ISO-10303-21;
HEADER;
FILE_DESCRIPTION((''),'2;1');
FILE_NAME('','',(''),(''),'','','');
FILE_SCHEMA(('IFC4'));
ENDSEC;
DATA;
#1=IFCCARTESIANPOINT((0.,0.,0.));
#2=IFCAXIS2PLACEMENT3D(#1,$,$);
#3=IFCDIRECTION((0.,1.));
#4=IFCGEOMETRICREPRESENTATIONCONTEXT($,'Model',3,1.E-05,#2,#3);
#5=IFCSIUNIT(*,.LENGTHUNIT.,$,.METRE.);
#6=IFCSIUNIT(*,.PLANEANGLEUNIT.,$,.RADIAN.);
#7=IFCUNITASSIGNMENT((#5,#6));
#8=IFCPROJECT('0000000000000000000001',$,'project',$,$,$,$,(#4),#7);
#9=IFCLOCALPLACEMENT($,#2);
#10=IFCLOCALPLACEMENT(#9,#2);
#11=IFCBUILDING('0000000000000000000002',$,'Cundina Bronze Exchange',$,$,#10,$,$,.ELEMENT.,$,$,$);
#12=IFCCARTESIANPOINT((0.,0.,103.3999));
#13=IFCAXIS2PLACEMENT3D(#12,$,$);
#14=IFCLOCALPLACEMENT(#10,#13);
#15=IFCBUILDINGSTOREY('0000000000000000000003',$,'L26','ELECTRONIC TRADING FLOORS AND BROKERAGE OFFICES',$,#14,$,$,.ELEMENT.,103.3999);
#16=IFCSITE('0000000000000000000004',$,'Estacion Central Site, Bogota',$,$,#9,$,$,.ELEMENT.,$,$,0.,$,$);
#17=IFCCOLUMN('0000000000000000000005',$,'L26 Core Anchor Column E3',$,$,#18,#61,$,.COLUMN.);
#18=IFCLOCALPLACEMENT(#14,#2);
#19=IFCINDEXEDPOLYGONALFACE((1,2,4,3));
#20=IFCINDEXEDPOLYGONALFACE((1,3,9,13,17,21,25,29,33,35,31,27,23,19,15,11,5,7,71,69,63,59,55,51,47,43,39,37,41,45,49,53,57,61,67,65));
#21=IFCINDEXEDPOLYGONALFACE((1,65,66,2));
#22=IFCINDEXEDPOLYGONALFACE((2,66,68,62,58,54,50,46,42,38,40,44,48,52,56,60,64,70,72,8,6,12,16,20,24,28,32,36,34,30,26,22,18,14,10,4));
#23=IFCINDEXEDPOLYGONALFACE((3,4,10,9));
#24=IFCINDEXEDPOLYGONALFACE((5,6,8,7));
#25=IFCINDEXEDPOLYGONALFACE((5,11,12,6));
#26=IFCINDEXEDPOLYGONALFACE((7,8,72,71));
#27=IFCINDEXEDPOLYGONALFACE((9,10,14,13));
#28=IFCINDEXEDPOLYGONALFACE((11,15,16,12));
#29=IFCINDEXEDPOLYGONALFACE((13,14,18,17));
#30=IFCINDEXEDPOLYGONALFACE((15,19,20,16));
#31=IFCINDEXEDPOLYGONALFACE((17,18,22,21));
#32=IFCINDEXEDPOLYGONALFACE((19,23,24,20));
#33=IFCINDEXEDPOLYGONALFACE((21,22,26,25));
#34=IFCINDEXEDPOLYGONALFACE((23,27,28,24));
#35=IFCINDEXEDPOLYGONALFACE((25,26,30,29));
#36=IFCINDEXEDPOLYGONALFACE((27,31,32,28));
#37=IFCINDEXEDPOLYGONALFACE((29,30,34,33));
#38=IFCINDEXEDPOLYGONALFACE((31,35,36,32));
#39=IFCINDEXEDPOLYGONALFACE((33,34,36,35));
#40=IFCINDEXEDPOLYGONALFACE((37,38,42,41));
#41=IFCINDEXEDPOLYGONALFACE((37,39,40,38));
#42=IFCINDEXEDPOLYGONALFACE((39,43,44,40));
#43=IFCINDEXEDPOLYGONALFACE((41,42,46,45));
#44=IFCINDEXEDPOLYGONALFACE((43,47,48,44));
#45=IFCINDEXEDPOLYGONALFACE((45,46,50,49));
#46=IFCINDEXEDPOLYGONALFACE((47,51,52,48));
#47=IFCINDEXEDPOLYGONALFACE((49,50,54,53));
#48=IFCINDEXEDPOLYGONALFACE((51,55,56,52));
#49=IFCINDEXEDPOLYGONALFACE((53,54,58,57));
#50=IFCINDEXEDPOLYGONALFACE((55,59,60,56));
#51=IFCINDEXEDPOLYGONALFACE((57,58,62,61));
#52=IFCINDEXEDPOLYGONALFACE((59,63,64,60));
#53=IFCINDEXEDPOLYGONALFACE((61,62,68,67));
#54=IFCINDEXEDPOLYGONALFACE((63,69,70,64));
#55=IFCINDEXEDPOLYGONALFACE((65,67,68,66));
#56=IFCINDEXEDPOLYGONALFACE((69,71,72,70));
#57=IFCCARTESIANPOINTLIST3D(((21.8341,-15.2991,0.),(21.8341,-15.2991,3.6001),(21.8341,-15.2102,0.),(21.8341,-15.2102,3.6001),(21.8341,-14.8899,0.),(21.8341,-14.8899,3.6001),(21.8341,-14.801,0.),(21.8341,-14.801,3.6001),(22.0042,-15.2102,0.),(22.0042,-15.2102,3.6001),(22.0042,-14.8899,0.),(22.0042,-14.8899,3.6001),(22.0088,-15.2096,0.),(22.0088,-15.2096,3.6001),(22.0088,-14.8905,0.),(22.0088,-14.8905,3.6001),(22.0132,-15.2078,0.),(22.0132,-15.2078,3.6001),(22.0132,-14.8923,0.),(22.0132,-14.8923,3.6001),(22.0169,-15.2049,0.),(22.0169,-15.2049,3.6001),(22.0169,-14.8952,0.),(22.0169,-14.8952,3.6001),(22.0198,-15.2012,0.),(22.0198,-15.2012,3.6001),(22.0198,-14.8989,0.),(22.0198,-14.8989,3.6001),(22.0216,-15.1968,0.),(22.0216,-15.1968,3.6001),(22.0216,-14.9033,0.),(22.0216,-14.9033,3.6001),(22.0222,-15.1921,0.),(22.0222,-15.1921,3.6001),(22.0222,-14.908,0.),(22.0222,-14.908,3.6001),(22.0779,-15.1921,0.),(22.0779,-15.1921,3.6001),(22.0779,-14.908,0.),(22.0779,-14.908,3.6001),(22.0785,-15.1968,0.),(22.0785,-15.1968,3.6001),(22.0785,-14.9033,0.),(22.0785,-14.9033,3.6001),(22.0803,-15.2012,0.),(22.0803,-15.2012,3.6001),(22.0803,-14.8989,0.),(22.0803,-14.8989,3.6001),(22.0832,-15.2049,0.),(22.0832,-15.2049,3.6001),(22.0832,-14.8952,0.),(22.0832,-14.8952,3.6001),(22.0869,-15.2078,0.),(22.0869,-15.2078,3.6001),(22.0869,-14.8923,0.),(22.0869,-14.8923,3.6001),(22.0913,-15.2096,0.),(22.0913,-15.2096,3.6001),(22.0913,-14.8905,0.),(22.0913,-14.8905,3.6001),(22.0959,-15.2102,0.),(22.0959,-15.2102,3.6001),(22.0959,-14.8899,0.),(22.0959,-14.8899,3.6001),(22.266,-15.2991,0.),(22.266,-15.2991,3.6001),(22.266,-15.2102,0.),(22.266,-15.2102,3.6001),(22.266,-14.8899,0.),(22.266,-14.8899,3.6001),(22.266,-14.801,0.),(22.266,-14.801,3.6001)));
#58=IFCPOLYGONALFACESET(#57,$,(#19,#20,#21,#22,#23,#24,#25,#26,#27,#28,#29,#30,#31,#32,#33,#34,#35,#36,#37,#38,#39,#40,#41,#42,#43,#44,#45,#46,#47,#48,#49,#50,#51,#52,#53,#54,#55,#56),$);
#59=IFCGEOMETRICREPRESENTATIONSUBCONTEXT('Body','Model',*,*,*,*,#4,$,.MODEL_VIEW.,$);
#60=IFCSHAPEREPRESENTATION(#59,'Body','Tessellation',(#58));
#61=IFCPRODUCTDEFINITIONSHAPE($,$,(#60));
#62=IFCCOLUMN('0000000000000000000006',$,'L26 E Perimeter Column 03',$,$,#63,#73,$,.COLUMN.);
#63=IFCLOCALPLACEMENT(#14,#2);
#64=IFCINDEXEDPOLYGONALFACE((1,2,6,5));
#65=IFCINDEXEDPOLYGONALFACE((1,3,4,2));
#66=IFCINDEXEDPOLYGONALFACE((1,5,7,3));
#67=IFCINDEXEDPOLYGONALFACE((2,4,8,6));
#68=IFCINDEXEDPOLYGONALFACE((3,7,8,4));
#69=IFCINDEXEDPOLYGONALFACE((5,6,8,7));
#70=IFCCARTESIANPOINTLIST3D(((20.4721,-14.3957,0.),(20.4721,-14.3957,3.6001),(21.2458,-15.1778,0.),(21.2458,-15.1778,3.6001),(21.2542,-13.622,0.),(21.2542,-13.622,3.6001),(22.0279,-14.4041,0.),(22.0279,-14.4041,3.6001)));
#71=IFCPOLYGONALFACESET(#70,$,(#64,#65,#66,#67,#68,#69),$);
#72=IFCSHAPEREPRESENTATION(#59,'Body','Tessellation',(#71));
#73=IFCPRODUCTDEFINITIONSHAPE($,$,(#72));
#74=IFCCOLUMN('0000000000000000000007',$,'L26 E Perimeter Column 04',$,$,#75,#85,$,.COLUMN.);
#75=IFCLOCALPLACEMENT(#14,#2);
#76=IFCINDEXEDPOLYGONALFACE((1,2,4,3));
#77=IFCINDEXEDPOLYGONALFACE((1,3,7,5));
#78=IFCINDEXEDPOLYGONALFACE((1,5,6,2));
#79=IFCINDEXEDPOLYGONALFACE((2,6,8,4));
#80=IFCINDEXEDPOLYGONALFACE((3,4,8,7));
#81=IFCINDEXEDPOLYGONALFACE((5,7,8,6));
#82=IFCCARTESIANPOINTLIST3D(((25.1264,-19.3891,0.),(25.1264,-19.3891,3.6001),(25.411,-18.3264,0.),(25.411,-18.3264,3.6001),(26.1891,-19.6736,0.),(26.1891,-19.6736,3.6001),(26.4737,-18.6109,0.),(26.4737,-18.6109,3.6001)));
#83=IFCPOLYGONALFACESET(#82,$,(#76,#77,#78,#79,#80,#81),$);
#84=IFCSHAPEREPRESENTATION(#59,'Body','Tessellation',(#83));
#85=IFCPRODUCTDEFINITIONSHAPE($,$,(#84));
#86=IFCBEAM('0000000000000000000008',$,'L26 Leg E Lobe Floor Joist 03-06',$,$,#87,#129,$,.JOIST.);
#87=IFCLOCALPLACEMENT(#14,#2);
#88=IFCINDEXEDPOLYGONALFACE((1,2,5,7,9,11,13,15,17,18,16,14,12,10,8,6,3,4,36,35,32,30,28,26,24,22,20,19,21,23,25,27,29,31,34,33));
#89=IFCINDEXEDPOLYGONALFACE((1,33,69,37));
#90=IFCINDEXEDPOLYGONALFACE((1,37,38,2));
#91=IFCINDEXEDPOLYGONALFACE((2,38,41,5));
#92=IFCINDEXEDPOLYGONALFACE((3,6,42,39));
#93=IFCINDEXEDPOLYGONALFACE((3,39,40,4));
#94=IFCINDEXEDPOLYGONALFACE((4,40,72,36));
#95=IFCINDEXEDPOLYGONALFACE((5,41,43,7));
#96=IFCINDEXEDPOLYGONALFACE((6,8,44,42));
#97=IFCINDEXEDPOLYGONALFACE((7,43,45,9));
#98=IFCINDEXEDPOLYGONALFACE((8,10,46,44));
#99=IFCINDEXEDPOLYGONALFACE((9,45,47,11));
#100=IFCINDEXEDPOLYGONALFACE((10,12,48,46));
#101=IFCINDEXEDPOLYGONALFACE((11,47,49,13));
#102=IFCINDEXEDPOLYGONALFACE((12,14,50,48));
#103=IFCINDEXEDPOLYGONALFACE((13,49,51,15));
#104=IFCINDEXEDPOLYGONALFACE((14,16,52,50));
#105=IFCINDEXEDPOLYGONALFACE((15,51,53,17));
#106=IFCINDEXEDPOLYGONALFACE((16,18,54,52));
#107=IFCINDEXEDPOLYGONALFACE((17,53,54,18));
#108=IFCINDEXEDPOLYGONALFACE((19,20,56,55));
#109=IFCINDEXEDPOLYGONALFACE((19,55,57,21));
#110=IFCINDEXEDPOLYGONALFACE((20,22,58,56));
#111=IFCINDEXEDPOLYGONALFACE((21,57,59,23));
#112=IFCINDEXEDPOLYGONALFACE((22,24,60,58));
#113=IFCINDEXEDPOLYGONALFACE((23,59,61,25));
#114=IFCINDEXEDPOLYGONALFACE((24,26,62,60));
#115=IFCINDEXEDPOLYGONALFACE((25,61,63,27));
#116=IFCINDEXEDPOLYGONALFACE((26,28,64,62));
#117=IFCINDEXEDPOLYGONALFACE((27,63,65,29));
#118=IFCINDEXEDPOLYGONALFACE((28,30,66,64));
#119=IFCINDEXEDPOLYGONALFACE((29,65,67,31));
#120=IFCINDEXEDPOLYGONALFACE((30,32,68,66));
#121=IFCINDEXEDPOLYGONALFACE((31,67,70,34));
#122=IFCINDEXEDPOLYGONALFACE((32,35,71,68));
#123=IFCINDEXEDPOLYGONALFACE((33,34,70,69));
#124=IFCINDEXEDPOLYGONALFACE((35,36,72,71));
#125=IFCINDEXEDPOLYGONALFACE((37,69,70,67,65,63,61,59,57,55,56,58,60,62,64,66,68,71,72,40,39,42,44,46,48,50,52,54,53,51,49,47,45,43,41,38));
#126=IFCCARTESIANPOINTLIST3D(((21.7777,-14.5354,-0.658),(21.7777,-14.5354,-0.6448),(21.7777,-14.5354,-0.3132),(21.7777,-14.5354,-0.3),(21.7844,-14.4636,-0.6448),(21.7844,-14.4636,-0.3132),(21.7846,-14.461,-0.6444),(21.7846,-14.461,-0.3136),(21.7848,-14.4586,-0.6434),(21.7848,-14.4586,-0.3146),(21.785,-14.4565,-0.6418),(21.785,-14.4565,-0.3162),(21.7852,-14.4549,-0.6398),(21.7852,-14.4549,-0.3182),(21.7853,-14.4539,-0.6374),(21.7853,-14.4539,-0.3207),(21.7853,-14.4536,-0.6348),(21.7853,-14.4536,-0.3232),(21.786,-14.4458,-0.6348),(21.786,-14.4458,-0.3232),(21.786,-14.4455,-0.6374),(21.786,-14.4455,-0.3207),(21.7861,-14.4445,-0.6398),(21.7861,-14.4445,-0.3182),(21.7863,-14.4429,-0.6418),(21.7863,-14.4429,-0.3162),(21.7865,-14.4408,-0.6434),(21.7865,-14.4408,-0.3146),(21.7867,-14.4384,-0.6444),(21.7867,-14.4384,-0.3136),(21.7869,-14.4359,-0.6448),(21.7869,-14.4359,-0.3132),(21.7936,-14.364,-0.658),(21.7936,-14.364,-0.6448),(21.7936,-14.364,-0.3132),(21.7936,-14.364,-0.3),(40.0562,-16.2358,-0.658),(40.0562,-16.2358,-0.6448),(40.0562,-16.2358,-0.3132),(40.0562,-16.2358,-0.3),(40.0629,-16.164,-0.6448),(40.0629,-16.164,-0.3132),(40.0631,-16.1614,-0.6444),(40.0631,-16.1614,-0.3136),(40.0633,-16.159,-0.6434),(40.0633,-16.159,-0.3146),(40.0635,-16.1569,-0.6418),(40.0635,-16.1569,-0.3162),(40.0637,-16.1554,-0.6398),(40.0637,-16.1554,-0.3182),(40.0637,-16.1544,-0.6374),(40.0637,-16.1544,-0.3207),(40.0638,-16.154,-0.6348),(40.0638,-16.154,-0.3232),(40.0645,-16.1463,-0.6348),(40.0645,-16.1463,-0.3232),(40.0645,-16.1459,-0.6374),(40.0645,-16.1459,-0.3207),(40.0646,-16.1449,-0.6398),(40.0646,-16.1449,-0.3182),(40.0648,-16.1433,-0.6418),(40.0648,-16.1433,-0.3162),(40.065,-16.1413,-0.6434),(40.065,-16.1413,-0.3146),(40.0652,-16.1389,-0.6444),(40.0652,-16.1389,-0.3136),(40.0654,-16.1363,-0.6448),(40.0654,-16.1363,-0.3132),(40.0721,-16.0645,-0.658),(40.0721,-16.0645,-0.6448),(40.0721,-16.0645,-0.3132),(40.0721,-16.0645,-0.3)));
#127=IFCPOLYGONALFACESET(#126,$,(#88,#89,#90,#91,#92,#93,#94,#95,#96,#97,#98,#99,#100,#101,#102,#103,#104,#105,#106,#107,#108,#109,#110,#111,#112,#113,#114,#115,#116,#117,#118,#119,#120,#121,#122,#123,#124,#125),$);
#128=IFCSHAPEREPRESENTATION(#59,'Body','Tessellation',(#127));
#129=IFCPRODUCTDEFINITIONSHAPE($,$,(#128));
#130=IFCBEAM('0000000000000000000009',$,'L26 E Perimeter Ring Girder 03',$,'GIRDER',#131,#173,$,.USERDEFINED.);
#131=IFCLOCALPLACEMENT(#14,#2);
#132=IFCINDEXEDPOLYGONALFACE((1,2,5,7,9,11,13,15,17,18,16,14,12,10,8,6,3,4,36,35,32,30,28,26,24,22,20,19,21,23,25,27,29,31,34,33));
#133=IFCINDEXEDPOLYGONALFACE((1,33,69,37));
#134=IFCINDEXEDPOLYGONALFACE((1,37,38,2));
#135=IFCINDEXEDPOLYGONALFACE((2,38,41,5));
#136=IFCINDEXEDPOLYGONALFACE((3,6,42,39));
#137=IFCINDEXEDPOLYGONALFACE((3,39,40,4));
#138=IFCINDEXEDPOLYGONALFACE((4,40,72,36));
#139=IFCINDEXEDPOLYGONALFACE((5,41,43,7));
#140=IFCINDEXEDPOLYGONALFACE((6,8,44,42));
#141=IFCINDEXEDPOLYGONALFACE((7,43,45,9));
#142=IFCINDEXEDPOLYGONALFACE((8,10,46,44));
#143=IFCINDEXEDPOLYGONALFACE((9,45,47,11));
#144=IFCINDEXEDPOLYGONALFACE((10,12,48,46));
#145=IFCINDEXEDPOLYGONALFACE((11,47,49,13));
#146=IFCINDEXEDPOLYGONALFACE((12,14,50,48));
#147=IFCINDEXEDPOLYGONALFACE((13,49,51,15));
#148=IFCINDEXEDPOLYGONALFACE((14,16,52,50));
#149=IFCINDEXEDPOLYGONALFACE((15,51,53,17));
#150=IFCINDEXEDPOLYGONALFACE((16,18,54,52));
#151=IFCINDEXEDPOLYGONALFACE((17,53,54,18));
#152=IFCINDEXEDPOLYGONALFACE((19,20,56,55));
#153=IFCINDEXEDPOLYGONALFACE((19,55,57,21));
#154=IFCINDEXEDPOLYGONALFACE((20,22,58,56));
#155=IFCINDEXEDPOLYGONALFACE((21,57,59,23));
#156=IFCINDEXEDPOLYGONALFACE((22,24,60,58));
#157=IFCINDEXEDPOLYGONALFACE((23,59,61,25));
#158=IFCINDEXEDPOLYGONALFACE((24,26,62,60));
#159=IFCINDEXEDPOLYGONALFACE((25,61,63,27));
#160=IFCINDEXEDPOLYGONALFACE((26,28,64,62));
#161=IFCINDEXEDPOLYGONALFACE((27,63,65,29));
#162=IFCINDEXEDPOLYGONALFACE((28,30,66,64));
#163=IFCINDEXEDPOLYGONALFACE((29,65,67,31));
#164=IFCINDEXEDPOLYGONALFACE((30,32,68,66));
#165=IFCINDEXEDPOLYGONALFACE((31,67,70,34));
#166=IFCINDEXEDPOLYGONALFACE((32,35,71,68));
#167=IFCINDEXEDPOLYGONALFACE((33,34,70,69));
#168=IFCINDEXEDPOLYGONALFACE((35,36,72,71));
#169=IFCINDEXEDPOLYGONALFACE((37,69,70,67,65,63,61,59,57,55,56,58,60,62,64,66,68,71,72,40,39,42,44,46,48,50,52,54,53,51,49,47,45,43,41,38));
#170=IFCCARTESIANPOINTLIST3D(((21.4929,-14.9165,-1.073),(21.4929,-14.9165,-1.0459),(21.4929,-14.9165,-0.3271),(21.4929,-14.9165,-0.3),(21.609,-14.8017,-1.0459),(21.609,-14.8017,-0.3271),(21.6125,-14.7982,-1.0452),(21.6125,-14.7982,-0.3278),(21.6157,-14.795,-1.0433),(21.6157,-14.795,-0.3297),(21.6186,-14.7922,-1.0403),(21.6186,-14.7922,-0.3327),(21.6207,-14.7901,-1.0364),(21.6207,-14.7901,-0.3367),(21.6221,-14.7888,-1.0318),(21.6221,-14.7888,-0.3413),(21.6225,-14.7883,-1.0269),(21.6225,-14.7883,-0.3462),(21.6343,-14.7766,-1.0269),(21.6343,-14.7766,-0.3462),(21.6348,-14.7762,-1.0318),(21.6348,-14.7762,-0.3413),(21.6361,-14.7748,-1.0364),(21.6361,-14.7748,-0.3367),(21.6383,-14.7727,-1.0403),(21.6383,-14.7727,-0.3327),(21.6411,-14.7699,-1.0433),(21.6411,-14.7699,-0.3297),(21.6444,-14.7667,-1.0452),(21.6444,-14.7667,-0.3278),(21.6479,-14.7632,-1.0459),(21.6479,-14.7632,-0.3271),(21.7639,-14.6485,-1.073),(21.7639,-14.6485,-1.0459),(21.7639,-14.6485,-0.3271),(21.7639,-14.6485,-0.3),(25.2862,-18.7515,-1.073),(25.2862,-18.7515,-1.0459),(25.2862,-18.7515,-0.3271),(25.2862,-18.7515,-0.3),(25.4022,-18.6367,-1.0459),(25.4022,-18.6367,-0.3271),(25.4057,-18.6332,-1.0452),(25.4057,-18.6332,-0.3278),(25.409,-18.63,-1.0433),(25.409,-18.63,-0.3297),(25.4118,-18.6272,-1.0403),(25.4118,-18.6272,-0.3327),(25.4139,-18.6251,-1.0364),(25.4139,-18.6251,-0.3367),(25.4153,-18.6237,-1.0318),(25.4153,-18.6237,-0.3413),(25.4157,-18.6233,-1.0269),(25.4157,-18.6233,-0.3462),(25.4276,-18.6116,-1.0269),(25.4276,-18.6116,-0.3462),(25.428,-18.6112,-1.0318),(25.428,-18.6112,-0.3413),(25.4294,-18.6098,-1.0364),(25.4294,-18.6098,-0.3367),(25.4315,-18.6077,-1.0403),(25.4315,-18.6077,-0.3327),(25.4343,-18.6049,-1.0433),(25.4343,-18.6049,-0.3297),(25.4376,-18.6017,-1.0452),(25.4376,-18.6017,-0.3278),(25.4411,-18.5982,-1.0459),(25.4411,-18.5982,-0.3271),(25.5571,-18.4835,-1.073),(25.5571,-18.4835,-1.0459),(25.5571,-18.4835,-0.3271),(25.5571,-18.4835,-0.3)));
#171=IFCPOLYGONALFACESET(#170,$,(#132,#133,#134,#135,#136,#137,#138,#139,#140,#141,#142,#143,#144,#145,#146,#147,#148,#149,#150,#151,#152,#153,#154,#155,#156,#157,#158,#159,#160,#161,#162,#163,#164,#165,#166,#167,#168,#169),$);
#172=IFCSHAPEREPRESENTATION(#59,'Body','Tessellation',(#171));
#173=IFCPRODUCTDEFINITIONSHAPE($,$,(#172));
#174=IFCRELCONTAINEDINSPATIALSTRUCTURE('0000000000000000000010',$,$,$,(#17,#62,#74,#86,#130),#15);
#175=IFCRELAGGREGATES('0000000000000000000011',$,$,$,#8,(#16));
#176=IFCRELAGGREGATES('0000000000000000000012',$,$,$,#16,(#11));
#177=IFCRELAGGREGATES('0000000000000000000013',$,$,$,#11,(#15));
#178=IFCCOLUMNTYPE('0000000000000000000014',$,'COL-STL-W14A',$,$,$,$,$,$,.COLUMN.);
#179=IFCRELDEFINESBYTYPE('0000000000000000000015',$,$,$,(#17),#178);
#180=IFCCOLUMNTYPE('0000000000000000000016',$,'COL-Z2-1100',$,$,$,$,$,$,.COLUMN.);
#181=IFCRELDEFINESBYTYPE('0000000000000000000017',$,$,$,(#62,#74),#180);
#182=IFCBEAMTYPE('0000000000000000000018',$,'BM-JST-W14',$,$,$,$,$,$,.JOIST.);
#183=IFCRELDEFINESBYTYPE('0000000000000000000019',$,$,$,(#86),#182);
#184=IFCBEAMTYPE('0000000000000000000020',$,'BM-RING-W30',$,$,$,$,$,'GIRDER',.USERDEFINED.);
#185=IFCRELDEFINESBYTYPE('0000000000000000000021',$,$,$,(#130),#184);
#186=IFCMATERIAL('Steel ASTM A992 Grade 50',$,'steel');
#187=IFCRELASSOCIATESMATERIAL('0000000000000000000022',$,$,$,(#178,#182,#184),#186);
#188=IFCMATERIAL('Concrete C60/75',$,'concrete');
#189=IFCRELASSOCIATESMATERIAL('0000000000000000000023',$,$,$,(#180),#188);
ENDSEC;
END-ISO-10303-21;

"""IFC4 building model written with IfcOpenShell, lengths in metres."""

from ifc_helpers import new_model, si_unit, direction, frame, origin, origin_2d, place, context, subcontext, project, spatial, rectangle, i_section, extrude, material, material_profile, profile_set, type_object, element, save


model = new_model("IFC4")

# Units and contexts
model_context = context("Model", 3, precision=1e-05, world=origin(), true_north=direction((0.0, 1.0)))
body_context = subcontext(model_context, "Body", "Model", "MODEL_VIEW")
ifc_project = project(units=[si_unit("LENGTHUNIT", "METRE"), si_unit("PLANEANGLEUNIT", "RADIAN")], contexts=[model_context])

# Site, building, storey
site_placement = place(None, origin())
site = spatial("IfcSite", under=ifc_project, at=site_placement, Name="Estacion Central Site, Bogota", CompositionType="ELEMENT", RefElevation=0.0)
building_placement = place(site_placement, origin())
building = spatial("IfcBuilding", under=site, at=building_placement, Name="Cundina Bronze Exchange", CompositionType="ELEMENT")
storey_placement = place(building_placement, frame((0.0, 0.0, 103.3999)))
storey = spatial("IfcBuildingStorey", under=building, at=storey_placement, Name="L26", Description="ELECTRONIC TRADING FLOORS AND BROKERAGE OFFICES", CompositionType="ELEMENT", Elevation=103.3999)

# Columns
ifc_material_1 = material(Name="Steel ASTM A992 Grade 50", Category="steel")
ifc_material_profile_1 = material_profile(ifc_material_1, i_section(OverallWidth=0.4319, OverallDepth=0.498, WebThickness=0.0557, FlangeThickness=0.0889, FilletRadius=0.0181, at=origin_2d()), Name="W14X500", Category="steel")
ifc_profile_set_1 = profile_set([ifc_material_profile_1], Name="Steel ASTM A992 Grade 50")
column_type_1 = type_object("IfcColumnType", Name="COL-STL-W14A", PredefinedType="COLUMN", material=ifc_profile_set_1)
column_placement = place(storey_placement, frame((22.05, -15.05, 0.0), z_axis=(0.0, 0.0, 1.0), x_axis=(1.0, 0.0, 0.0)))
element("IfcColumn", 1, at=column_placement, inside=storey, type_object=column_type_1, Name="L26 Core Anchor Column E3", PredefinedType="COLUMN", context=body_context, shape_type="SweptSolid", body=[
    extrude(i_section(OverallWidth=0.4319, OverallDepth=0.498, WebThickness=0.0557, FlangeThickness=0.0889, FilletRadius=0.0181, at=origin_2d()), origin(), (0.0, 0.0, 1.0), 3.6001),
])
ifc_material_2 = material(Name="Concrete C60/75", Category="concrete")
ifc_material_profile_2 = material_profile(ifc_material_2, rectangle(XDim=1.1001, YDim=1.1001, at=origin_2d()), Name="RC1100X1100", Category="concrete")
ifc_profile_set_2 = profile_set([ifc_material_profile_2], Name="Concrete C60/75")
column_type_2 = type_object("IfcColumnType", Name="COL-Z2-1100", PredefinedType="COLUMN", material=ifc_profile_set_2)
for number, where, z_axis, x_axis, name in (
    (2, (21.25, -14.3999, 0.0), (0.0, 0.0, 1.0), (0.703271, -0.710922, 0.0), "L26 E Perimeter Column 03"),
    (3, (25.8, -19.0, 0.0), (0.0, 0.0, 1.0), (0.965971, -0.25865, 0.0), "L26 E Perimeter Column 04"),
):
    element("IfcColumn", number, at=place(storey_placement, frame(where, z_axis=z_axis, x_axis=x_axis)), inside=storey, type_object=column_type_2, Name=name, PredefinedType="COLUMN", context=body_context, shape_type="SweptSolid", body=[
        extrude(rectangle(XDim=1.1001, YDim=1.1001, at=origin_2d()), origin(), (0.0, 0.0, 1.0), 3.6001),
    ])

# Beams
ifc_material_profile_3 = material_profile(ifc_material_1, i_section(OverallWidth=0.1721, OverallDepth=0.3579, WebThickness=0.0078, FlangeThickness=0.0132, FilletRadius=0.01, at=origin_2d()), Name="W14X38", Category="steel")
ifc_profile_set_3 = profile_set([ifc_material_profile_3], Name="Steel ASTM A992 Grade 50")
beam_type_1 = type_object("IfcBeamType", Name="BM-JST-W14", PredefinedType="JOIST", material=ifc_profile_set_3)
beam_1_placement = place(storey_placement, frame((21.7856, -14.4497, -0.479), z_axis=(0.995701, -0.092629, 0.0), x_axis=(0.092629, 0.995701, 0.0)))
element("IfcBeam", 4, at=beam_1_placement, inside=storey, type_object=beam_type_1, Name="L26 Leg E Lobe Floor Joist 03-06", PredefinedType="JOIST", context=body_context, shape_type="SweptSolid", body=[
    extrude(i_section(OverallWidth=0.1721, OverallDepth=0.3579, WebThickness=0.0078, FlangeThickness=0.0132, FilletRadius=0.01, at=origin_2d()), origin(), (0.0, 0.0, 1.0), 18.3574),
])
ifc_material_profile_4 = material_profile(ifc_material_1, i_section(OverallWidth=0.3811, OverallDepth=0.7729, WebThickness=0.0166, FlangeThickness=0.0271, FilletRadius=0.019, at=origin_2d()), Name="W30X173", Category="steel")
ifc_profile_set_4 = profile_set([ifc_material_profile_4], Name="Steel ASTM A992 Grade 50")
beam_type_2 = type_object("IfcBeamType", Name="BM-RING-W30", ElementType="GIRDER", PredefinedType="USERDEFINED", material=ifc_profile_set_4)
beam_2_placement = place(storey_placement, frame((21.6284, -14.7825, -0.6865), z_axis=(0.703226, -0.710966, 0.0), x_axis=(0.710966, 0.703226, 0.0)))
element("IfcBeam", 5, at=beam_2_placement, inside=storey, type_object=beam_type_2, Name="L26 E Perimeter Ring Girder 03", ObjectType="GIRDER", PredefinedType="USERDEFINED", context=body_context, shape_type="SweptSolid", body=[
    extrude(i_section(OverallWidth=0.3811, OverallDepth=0.7729, WebThickness=0.0166, FlangeThickness=0.0271, FilletRadius=0.019, at=origin_2d()), origin(), (0.0, 0.0, 1.0), 5.394),
])

save(model, "model.ifc")
